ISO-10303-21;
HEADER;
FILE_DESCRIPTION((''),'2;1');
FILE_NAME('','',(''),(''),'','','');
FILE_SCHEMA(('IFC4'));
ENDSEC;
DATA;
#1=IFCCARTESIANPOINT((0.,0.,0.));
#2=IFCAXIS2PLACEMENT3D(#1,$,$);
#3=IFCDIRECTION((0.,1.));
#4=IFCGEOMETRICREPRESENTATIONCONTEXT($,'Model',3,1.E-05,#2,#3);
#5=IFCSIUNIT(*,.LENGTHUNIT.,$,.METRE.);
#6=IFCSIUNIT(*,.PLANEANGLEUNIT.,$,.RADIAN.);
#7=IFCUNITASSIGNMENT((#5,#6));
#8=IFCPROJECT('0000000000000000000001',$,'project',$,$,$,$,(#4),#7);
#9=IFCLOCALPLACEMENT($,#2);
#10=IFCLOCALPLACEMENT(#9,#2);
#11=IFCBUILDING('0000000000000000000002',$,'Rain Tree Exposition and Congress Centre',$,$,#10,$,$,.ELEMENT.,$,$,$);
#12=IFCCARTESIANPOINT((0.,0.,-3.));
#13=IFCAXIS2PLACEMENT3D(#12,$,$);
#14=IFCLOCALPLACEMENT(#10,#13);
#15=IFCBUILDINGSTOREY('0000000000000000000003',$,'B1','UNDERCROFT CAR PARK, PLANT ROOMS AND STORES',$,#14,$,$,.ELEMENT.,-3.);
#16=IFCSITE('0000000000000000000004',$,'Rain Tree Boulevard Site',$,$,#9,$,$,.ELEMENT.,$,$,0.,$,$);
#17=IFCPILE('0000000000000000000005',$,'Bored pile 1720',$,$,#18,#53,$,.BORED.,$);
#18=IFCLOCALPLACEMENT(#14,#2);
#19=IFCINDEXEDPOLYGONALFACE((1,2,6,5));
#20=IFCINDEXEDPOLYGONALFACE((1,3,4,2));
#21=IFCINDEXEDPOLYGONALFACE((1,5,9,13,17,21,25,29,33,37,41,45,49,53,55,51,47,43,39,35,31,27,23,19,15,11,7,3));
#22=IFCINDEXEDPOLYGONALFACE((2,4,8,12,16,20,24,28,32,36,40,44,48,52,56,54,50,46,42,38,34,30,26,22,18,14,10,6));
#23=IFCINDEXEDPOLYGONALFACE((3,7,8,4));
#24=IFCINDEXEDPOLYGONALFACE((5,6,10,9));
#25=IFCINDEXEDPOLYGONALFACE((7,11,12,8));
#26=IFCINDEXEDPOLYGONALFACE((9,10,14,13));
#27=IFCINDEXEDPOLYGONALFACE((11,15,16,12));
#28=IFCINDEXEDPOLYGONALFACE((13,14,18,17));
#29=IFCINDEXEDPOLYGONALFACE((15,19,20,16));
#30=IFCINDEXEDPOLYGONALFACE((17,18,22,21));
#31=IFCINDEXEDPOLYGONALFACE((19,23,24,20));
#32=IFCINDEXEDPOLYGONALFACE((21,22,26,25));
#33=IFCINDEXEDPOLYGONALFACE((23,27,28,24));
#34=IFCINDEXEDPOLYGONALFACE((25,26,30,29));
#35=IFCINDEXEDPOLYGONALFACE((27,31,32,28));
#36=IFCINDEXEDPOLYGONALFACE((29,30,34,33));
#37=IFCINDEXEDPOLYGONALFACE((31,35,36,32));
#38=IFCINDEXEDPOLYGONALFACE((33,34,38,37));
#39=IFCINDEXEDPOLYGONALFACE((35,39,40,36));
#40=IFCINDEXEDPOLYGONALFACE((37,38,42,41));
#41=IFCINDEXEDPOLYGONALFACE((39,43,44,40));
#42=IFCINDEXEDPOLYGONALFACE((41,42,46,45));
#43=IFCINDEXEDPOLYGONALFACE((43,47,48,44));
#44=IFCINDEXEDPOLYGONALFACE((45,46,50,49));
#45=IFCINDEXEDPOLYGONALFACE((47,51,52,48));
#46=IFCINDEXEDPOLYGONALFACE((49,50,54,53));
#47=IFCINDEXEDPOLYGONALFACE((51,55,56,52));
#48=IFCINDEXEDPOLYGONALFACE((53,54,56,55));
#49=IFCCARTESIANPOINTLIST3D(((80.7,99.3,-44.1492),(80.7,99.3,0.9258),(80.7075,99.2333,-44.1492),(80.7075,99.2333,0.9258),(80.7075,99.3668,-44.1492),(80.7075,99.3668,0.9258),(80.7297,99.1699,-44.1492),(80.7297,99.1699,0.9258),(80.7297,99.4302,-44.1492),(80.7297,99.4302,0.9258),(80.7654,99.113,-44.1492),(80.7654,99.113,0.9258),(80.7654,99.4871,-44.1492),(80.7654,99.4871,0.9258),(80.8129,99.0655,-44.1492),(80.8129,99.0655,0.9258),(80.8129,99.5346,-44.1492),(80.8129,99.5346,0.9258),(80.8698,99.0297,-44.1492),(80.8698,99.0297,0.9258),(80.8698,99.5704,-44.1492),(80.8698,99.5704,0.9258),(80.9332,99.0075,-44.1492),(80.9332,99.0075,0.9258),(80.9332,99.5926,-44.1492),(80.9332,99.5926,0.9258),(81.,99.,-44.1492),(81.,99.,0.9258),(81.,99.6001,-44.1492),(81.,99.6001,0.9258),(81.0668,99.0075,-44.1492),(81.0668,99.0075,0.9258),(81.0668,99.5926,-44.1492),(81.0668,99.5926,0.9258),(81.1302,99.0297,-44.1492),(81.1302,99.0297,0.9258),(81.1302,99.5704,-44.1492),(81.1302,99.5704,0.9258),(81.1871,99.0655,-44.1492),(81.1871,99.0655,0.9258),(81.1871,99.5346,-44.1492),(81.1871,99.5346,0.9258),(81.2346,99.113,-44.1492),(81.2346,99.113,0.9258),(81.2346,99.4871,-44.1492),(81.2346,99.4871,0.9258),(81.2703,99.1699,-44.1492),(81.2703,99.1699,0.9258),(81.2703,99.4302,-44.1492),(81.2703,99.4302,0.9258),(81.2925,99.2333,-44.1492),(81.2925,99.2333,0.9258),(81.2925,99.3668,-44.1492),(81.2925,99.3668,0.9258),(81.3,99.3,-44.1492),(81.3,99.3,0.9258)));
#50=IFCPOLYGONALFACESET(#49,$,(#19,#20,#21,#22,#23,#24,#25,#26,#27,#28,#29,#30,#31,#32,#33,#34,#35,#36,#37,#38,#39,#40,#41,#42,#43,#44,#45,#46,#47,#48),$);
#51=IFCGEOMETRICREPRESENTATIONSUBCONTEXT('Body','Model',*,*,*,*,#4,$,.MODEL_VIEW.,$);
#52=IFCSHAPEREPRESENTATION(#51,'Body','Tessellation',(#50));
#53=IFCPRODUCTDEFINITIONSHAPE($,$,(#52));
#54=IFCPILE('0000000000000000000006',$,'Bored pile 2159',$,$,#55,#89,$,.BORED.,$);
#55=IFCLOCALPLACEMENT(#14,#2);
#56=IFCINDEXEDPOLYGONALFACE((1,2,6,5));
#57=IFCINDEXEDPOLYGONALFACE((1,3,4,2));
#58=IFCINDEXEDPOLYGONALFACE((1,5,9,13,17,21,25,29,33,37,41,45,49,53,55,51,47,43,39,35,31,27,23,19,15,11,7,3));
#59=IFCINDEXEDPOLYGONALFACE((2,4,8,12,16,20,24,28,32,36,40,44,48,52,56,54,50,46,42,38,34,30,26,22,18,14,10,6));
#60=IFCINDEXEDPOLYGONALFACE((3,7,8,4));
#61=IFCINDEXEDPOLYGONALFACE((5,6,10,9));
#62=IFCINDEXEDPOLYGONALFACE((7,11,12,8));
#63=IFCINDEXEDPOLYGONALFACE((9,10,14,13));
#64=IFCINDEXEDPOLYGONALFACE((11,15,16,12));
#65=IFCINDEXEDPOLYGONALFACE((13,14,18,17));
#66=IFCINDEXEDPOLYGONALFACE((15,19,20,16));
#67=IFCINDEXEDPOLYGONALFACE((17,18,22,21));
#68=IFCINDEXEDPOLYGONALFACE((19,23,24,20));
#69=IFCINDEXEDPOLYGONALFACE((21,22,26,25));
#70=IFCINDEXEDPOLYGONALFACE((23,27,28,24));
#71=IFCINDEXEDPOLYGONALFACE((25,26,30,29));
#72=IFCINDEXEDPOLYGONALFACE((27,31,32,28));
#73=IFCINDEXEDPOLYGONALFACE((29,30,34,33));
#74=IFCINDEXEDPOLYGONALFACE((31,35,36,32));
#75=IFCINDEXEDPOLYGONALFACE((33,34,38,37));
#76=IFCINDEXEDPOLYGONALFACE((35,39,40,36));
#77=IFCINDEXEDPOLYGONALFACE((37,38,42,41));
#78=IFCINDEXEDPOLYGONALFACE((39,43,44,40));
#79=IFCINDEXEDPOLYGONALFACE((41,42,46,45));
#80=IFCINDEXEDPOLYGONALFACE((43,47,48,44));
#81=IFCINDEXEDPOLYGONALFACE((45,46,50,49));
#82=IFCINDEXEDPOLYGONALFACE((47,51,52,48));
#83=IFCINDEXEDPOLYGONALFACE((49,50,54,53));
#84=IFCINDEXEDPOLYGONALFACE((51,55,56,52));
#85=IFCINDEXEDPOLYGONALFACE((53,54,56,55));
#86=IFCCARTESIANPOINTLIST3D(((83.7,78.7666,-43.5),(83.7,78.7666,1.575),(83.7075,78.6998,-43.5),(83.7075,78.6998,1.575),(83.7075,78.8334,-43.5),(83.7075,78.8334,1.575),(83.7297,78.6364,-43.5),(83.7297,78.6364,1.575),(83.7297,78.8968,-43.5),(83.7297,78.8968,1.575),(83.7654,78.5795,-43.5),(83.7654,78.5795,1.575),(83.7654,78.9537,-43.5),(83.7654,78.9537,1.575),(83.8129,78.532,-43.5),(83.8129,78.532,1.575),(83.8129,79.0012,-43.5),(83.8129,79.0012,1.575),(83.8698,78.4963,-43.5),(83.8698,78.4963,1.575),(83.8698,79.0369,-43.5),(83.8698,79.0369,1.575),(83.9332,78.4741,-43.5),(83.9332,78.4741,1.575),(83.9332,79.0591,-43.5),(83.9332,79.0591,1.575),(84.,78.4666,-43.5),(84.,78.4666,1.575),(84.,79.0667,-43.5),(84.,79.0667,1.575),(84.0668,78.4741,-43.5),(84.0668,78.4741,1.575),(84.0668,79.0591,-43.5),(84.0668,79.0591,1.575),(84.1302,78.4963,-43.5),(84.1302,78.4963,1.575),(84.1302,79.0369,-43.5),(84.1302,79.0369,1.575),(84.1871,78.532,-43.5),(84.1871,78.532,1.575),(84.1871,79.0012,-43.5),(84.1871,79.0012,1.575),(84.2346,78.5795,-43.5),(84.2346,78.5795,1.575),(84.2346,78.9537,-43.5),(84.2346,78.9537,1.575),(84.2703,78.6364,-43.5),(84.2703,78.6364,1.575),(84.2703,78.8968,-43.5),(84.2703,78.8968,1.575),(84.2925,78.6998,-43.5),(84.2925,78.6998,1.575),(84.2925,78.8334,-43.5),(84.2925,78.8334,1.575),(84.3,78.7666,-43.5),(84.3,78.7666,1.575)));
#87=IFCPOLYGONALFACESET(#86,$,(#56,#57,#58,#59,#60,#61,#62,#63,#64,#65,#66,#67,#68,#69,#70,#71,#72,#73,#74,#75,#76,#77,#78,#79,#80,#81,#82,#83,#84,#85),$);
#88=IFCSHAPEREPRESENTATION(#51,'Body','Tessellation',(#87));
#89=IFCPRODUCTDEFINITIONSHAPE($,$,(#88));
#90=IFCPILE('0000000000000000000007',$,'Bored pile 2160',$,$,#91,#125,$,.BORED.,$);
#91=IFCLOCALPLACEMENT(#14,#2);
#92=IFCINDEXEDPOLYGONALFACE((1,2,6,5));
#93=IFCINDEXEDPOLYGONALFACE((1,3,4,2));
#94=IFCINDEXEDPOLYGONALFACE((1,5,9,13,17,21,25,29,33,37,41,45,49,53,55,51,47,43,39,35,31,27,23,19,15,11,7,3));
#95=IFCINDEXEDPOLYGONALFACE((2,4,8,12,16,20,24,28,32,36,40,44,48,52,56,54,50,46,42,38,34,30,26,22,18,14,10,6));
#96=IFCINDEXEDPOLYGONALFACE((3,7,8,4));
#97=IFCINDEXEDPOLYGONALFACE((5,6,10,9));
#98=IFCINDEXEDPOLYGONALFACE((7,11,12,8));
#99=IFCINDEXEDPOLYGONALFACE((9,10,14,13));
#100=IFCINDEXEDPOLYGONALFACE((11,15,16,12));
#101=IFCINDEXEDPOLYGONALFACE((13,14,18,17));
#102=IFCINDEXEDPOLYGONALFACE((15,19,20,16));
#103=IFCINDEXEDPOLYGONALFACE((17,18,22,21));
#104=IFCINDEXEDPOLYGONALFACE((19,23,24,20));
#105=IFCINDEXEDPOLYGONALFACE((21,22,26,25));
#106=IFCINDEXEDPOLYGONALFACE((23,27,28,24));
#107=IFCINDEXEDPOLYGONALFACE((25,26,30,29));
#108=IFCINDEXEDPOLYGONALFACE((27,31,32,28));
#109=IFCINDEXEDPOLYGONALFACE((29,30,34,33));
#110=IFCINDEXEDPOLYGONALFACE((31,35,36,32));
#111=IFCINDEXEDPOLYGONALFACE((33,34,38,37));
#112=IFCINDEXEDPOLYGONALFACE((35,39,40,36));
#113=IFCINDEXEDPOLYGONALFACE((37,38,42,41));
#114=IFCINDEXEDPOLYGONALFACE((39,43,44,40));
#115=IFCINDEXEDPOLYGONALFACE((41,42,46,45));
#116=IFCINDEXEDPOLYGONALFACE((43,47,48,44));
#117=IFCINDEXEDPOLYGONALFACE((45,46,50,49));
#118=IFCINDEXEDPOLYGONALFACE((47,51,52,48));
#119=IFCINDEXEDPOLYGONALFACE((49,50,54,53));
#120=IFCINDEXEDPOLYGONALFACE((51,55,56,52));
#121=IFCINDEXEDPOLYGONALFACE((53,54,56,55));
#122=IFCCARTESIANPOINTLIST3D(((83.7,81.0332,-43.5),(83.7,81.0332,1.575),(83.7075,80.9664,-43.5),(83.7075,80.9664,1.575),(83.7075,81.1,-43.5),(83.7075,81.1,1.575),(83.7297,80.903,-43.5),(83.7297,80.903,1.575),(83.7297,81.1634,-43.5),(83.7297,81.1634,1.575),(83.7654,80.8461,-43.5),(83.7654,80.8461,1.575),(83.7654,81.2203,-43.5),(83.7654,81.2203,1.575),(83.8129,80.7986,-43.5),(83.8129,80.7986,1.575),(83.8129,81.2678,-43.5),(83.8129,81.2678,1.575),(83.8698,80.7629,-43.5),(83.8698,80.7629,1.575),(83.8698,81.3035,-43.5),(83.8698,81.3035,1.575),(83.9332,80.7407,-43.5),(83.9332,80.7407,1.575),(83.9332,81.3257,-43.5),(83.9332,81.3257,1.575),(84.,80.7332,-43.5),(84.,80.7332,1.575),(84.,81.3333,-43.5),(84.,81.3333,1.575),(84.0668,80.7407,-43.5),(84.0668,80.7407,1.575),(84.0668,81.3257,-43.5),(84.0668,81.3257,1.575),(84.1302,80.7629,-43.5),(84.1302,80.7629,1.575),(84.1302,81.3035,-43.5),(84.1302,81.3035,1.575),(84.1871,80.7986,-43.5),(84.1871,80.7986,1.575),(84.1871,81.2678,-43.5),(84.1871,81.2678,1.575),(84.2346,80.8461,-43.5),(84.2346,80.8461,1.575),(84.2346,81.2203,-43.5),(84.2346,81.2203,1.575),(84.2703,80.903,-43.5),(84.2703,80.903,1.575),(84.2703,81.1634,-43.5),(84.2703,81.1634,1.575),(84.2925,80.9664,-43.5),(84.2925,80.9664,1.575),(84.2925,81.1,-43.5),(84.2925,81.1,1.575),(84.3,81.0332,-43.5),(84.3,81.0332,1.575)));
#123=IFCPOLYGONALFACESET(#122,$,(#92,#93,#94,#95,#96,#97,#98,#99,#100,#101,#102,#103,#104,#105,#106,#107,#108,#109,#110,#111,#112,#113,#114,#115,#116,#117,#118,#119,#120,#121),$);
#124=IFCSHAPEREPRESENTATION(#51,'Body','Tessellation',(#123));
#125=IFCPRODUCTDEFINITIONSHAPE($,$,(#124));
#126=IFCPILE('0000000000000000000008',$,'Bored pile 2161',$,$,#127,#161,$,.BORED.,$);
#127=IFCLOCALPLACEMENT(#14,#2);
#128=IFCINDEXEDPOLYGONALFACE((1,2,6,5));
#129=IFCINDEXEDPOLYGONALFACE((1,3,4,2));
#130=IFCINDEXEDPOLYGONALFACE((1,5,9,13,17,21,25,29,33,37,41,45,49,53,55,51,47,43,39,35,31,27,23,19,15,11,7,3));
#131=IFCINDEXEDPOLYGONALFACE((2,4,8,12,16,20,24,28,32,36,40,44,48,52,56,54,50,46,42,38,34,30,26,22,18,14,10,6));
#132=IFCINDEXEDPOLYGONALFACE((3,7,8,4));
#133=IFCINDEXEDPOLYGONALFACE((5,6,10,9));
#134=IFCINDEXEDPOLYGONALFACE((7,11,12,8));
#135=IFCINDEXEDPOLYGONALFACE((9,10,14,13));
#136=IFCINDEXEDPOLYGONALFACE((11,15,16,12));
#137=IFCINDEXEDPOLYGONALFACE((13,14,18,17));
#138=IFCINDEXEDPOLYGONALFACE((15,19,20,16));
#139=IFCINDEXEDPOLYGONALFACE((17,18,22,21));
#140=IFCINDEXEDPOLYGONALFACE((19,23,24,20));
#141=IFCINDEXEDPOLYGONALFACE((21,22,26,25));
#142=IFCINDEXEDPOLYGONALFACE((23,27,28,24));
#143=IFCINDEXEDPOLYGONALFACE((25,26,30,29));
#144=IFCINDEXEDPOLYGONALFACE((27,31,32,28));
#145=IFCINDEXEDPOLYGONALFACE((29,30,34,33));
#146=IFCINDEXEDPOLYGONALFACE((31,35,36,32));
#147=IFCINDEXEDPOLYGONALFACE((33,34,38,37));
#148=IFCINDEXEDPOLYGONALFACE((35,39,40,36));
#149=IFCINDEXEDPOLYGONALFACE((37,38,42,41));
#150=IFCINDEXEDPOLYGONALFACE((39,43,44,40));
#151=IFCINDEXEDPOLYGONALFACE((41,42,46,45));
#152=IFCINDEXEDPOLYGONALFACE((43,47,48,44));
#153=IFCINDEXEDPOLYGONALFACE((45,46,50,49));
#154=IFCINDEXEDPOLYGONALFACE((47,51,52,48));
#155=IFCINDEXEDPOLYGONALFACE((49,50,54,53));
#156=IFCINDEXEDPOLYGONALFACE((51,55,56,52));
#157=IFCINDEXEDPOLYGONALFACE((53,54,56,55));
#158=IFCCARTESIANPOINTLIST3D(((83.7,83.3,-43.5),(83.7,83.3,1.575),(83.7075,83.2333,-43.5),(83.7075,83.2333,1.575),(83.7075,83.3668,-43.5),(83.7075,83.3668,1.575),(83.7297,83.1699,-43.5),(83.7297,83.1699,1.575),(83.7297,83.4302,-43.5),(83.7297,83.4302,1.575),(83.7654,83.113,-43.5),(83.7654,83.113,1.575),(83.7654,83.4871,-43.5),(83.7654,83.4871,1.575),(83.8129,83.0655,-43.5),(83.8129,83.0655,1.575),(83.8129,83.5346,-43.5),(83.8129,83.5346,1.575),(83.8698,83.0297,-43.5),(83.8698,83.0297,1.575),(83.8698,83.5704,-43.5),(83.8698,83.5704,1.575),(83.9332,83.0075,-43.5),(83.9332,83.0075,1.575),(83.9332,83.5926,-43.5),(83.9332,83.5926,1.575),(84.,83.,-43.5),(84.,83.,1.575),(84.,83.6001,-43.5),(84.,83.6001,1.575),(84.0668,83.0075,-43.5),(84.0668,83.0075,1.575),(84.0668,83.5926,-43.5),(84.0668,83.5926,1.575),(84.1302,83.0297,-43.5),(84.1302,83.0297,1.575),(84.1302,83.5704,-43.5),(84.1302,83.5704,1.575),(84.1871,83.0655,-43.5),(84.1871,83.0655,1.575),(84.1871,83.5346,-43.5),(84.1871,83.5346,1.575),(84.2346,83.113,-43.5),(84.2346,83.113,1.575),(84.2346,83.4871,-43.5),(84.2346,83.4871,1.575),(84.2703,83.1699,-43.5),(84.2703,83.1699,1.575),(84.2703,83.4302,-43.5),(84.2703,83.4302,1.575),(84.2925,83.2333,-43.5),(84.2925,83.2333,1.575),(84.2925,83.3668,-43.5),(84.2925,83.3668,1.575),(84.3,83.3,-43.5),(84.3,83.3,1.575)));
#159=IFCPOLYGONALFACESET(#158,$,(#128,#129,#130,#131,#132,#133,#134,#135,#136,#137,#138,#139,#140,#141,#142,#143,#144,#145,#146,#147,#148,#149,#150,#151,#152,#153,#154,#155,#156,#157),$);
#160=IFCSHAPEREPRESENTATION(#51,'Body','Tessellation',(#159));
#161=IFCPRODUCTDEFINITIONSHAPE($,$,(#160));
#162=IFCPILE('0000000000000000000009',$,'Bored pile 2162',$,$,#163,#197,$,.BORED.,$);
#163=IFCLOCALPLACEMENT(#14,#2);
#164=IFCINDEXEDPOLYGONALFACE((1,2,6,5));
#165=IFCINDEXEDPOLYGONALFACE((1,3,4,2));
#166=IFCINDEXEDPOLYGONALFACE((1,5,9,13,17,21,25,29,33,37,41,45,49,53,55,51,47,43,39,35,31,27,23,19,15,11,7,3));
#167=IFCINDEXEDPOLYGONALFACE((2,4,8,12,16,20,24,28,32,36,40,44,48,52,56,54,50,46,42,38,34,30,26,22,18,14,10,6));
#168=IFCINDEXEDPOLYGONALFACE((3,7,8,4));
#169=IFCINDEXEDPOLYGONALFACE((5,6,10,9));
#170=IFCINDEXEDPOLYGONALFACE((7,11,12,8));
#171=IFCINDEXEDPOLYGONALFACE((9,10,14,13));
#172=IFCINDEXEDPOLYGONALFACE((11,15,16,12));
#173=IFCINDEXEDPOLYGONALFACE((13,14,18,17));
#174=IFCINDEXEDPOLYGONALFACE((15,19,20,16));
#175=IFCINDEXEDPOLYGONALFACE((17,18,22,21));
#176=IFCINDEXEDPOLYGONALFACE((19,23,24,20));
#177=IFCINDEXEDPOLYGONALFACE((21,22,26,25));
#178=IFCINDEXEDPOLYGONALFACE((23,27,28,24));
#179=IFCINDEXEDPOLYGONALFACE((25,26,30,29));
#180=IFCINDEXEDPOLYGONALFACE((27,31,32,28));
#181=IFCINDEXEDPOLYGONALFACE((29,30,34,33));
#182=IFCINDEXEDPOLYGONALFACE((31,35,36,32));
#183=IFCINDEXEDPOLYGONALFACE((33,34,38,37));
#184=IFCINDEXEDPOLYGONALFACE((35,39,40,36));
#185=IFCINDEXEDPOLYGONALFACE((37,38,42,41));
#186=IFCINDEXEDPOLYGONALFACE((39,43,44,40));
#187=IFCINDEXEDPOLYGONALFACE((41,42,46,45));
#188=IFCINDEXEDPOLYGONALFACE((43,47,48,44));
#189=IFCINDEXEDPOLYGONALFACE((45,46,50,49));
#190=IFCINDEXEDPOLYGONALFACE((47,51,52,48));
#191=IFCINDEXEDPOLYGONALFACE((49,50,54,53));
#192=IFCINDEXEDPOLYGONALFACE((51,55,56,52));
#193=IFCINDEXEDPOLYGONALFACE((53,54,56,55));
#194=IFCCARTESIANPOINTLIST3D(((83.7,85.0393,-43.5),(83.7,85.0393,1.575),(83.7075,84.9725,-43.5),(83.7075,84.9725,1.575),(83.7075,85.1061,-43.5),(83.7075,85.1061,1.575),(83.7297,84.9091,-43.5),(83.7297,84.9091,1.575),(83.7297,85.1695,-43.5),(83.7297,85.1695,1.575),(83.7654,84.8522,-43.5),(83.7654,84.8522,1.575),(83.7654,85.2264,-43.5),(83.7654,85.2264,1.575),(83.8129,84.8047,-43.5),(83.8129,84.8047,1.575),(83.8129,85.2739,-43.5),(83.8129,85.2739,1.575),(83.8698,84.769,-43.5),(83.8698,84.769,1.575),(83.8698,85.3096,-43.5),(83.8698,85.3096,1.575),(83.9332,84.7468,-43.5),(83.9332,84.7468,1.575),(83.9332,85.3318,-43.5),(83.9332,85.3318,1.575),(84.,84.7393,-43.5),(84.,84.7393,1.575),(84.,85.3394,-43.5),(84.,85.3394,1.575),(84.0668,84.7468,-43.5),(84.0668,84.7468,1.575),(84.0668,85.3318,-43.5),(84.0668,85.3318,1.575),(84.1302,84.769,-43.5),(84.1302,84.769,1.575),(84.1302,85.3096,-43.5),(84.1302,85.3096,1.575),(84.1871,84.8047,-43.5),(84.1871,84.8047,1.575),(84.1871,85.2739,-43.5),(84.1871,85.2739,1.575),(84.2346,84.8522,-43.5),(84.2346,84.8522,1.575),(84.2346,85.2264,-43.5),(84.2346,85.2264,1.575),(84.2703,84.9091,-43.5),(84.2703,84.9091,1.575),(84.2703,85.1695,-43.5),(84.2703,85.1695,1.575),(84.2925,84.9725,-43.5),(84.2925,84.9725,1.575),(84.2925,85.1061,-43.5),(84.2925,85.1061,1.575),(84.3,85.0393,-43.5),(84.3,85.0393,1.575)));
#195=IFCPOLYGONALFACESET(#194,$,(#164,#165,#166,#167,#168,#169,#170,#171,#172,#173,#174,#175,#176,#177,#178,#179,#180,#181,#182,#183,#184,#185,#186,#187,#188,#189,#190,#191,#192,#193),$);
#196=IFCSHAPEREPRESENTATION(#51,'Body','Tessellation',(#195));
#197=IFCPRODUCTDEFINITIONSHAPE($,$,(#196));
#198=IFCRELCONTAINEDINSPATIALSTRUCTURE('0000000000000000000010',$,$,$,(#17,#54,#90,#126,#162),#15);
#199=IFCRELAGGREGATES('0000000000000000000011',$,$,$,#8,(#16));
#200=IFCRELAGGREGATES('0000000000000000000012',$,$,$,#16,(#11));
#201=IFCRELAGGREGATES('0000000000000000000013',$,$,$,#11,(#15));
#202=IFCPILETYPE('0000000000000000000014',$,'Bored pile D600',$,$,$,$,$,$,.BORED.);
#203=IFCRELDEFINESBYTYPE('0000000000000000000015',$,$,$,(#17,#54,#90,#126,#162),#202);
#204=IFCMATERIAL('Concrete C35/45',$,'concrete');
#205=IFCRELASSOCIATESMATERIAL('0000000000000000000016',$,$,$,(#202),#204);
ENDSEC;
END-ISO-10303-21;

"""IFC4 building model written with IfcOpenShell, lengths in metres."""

from ifc_helpers import new_model, si_unit, direction, frame, origin, origin_2d, place, context, subcontext, project, spatial, circle, extrude, material, material_profile, profile_set, type_object, element, save


model = new_model("IFC4")

# Units and contexts
model_context = context("Model", 3, precision=1e-05, world=origin(), true_north=direction((0.0, 1.0)))
body_context = subcontext(model_context, "Body", "Model", "MODEL_VIEW")
ifc_project = project(units=[si_unit("LENGTHUNIT", "METRE"), si_unit("PLANEANGLEUNIT", "RADIAN")], contexts=[model_context])

# Site, building, storey
site_placement = place(None, origin())
site = spatial("IfcSite", under=ifc_project, at=site_placement, Name="Rain Tree Boulevard Site", CompositionType="ELEMENT", RefElevation=0.0)
building_placement = place(site_placement, origin())
building = spatial("IfcBuilding", under=site, at=building_placement, Name="Rain Tree Exposition and Congress Centre", CompositionType="ELEMENT")
storey_placement = place(building_placement, frame((0.0, 0.0, -3.0)))
storey = spatial("IfcBuildingStorey", under=building, at=storey_placement, Name="B1", Description="UNDERCROFT CAR PARK, PLANT ROOMS AND STORES", CompositionType="ELEMENT", Elevation=-3.0)

# Piles
ifc_material_1 = material(Name="Concrete C35/45", Category="concrete")
ifc_material_profile_1 = material_profile(ifc_material_1, circle(Radius=0.3, at=origin_2d()), Name="D600")
ifc_profile_set_1 = profile_set([ifc_material_profile_1], Name="Concrete C35/45")
pile_type_1 = type_object("IfcPileType", Name="Bored pile D600", PredefinedType="BORED", material=ifc_profile_set_1)
for number, where, z_axis, x_axis, name in (
    (1, (81.0, 99.3, 0.9258), (0.0, 0.0, -1.0), (1.0, 0.0, 0.0), "Bored pile 1720"),
    (2, (84.0, 78.7666, 1.575), (0.0, 0.0, -1.0), (1.0, 0.0, 0.0), "Bored pile 2159"),
    (3, (84.0, 81.0332, 1.575), (0.0, 0.0, -1.0), (1.0, 0.0, 0.0), "Bored pile 2160"),
    (4, (84.0, 83.3, 1.575), (0.0, 0.0, -1.0), (1.0, 0.0, 0.0), "Bored pile 2161"),
    (5, (84.0, 85.0393, 1.575), (0.0, 0.0, -1.0), (1.0, 0.0, 0.0), "Bored pile 2162"),
):
    element("IfcPile", number, at=place(storey_placement, frame(where, z_axis=z_axis, x_axis=x_axis)), inside=storey, type_object=pile_type_1, Name=name, PredefinedType="BORED", context=body_context, shape_type="SweptSolid", body=[
        extrude(circle(Radius=0.3, at=origin_2d()), origin(), (0.0, 0.0, 1.0), 45.075),
    ])

save(model, "model.ifc")
